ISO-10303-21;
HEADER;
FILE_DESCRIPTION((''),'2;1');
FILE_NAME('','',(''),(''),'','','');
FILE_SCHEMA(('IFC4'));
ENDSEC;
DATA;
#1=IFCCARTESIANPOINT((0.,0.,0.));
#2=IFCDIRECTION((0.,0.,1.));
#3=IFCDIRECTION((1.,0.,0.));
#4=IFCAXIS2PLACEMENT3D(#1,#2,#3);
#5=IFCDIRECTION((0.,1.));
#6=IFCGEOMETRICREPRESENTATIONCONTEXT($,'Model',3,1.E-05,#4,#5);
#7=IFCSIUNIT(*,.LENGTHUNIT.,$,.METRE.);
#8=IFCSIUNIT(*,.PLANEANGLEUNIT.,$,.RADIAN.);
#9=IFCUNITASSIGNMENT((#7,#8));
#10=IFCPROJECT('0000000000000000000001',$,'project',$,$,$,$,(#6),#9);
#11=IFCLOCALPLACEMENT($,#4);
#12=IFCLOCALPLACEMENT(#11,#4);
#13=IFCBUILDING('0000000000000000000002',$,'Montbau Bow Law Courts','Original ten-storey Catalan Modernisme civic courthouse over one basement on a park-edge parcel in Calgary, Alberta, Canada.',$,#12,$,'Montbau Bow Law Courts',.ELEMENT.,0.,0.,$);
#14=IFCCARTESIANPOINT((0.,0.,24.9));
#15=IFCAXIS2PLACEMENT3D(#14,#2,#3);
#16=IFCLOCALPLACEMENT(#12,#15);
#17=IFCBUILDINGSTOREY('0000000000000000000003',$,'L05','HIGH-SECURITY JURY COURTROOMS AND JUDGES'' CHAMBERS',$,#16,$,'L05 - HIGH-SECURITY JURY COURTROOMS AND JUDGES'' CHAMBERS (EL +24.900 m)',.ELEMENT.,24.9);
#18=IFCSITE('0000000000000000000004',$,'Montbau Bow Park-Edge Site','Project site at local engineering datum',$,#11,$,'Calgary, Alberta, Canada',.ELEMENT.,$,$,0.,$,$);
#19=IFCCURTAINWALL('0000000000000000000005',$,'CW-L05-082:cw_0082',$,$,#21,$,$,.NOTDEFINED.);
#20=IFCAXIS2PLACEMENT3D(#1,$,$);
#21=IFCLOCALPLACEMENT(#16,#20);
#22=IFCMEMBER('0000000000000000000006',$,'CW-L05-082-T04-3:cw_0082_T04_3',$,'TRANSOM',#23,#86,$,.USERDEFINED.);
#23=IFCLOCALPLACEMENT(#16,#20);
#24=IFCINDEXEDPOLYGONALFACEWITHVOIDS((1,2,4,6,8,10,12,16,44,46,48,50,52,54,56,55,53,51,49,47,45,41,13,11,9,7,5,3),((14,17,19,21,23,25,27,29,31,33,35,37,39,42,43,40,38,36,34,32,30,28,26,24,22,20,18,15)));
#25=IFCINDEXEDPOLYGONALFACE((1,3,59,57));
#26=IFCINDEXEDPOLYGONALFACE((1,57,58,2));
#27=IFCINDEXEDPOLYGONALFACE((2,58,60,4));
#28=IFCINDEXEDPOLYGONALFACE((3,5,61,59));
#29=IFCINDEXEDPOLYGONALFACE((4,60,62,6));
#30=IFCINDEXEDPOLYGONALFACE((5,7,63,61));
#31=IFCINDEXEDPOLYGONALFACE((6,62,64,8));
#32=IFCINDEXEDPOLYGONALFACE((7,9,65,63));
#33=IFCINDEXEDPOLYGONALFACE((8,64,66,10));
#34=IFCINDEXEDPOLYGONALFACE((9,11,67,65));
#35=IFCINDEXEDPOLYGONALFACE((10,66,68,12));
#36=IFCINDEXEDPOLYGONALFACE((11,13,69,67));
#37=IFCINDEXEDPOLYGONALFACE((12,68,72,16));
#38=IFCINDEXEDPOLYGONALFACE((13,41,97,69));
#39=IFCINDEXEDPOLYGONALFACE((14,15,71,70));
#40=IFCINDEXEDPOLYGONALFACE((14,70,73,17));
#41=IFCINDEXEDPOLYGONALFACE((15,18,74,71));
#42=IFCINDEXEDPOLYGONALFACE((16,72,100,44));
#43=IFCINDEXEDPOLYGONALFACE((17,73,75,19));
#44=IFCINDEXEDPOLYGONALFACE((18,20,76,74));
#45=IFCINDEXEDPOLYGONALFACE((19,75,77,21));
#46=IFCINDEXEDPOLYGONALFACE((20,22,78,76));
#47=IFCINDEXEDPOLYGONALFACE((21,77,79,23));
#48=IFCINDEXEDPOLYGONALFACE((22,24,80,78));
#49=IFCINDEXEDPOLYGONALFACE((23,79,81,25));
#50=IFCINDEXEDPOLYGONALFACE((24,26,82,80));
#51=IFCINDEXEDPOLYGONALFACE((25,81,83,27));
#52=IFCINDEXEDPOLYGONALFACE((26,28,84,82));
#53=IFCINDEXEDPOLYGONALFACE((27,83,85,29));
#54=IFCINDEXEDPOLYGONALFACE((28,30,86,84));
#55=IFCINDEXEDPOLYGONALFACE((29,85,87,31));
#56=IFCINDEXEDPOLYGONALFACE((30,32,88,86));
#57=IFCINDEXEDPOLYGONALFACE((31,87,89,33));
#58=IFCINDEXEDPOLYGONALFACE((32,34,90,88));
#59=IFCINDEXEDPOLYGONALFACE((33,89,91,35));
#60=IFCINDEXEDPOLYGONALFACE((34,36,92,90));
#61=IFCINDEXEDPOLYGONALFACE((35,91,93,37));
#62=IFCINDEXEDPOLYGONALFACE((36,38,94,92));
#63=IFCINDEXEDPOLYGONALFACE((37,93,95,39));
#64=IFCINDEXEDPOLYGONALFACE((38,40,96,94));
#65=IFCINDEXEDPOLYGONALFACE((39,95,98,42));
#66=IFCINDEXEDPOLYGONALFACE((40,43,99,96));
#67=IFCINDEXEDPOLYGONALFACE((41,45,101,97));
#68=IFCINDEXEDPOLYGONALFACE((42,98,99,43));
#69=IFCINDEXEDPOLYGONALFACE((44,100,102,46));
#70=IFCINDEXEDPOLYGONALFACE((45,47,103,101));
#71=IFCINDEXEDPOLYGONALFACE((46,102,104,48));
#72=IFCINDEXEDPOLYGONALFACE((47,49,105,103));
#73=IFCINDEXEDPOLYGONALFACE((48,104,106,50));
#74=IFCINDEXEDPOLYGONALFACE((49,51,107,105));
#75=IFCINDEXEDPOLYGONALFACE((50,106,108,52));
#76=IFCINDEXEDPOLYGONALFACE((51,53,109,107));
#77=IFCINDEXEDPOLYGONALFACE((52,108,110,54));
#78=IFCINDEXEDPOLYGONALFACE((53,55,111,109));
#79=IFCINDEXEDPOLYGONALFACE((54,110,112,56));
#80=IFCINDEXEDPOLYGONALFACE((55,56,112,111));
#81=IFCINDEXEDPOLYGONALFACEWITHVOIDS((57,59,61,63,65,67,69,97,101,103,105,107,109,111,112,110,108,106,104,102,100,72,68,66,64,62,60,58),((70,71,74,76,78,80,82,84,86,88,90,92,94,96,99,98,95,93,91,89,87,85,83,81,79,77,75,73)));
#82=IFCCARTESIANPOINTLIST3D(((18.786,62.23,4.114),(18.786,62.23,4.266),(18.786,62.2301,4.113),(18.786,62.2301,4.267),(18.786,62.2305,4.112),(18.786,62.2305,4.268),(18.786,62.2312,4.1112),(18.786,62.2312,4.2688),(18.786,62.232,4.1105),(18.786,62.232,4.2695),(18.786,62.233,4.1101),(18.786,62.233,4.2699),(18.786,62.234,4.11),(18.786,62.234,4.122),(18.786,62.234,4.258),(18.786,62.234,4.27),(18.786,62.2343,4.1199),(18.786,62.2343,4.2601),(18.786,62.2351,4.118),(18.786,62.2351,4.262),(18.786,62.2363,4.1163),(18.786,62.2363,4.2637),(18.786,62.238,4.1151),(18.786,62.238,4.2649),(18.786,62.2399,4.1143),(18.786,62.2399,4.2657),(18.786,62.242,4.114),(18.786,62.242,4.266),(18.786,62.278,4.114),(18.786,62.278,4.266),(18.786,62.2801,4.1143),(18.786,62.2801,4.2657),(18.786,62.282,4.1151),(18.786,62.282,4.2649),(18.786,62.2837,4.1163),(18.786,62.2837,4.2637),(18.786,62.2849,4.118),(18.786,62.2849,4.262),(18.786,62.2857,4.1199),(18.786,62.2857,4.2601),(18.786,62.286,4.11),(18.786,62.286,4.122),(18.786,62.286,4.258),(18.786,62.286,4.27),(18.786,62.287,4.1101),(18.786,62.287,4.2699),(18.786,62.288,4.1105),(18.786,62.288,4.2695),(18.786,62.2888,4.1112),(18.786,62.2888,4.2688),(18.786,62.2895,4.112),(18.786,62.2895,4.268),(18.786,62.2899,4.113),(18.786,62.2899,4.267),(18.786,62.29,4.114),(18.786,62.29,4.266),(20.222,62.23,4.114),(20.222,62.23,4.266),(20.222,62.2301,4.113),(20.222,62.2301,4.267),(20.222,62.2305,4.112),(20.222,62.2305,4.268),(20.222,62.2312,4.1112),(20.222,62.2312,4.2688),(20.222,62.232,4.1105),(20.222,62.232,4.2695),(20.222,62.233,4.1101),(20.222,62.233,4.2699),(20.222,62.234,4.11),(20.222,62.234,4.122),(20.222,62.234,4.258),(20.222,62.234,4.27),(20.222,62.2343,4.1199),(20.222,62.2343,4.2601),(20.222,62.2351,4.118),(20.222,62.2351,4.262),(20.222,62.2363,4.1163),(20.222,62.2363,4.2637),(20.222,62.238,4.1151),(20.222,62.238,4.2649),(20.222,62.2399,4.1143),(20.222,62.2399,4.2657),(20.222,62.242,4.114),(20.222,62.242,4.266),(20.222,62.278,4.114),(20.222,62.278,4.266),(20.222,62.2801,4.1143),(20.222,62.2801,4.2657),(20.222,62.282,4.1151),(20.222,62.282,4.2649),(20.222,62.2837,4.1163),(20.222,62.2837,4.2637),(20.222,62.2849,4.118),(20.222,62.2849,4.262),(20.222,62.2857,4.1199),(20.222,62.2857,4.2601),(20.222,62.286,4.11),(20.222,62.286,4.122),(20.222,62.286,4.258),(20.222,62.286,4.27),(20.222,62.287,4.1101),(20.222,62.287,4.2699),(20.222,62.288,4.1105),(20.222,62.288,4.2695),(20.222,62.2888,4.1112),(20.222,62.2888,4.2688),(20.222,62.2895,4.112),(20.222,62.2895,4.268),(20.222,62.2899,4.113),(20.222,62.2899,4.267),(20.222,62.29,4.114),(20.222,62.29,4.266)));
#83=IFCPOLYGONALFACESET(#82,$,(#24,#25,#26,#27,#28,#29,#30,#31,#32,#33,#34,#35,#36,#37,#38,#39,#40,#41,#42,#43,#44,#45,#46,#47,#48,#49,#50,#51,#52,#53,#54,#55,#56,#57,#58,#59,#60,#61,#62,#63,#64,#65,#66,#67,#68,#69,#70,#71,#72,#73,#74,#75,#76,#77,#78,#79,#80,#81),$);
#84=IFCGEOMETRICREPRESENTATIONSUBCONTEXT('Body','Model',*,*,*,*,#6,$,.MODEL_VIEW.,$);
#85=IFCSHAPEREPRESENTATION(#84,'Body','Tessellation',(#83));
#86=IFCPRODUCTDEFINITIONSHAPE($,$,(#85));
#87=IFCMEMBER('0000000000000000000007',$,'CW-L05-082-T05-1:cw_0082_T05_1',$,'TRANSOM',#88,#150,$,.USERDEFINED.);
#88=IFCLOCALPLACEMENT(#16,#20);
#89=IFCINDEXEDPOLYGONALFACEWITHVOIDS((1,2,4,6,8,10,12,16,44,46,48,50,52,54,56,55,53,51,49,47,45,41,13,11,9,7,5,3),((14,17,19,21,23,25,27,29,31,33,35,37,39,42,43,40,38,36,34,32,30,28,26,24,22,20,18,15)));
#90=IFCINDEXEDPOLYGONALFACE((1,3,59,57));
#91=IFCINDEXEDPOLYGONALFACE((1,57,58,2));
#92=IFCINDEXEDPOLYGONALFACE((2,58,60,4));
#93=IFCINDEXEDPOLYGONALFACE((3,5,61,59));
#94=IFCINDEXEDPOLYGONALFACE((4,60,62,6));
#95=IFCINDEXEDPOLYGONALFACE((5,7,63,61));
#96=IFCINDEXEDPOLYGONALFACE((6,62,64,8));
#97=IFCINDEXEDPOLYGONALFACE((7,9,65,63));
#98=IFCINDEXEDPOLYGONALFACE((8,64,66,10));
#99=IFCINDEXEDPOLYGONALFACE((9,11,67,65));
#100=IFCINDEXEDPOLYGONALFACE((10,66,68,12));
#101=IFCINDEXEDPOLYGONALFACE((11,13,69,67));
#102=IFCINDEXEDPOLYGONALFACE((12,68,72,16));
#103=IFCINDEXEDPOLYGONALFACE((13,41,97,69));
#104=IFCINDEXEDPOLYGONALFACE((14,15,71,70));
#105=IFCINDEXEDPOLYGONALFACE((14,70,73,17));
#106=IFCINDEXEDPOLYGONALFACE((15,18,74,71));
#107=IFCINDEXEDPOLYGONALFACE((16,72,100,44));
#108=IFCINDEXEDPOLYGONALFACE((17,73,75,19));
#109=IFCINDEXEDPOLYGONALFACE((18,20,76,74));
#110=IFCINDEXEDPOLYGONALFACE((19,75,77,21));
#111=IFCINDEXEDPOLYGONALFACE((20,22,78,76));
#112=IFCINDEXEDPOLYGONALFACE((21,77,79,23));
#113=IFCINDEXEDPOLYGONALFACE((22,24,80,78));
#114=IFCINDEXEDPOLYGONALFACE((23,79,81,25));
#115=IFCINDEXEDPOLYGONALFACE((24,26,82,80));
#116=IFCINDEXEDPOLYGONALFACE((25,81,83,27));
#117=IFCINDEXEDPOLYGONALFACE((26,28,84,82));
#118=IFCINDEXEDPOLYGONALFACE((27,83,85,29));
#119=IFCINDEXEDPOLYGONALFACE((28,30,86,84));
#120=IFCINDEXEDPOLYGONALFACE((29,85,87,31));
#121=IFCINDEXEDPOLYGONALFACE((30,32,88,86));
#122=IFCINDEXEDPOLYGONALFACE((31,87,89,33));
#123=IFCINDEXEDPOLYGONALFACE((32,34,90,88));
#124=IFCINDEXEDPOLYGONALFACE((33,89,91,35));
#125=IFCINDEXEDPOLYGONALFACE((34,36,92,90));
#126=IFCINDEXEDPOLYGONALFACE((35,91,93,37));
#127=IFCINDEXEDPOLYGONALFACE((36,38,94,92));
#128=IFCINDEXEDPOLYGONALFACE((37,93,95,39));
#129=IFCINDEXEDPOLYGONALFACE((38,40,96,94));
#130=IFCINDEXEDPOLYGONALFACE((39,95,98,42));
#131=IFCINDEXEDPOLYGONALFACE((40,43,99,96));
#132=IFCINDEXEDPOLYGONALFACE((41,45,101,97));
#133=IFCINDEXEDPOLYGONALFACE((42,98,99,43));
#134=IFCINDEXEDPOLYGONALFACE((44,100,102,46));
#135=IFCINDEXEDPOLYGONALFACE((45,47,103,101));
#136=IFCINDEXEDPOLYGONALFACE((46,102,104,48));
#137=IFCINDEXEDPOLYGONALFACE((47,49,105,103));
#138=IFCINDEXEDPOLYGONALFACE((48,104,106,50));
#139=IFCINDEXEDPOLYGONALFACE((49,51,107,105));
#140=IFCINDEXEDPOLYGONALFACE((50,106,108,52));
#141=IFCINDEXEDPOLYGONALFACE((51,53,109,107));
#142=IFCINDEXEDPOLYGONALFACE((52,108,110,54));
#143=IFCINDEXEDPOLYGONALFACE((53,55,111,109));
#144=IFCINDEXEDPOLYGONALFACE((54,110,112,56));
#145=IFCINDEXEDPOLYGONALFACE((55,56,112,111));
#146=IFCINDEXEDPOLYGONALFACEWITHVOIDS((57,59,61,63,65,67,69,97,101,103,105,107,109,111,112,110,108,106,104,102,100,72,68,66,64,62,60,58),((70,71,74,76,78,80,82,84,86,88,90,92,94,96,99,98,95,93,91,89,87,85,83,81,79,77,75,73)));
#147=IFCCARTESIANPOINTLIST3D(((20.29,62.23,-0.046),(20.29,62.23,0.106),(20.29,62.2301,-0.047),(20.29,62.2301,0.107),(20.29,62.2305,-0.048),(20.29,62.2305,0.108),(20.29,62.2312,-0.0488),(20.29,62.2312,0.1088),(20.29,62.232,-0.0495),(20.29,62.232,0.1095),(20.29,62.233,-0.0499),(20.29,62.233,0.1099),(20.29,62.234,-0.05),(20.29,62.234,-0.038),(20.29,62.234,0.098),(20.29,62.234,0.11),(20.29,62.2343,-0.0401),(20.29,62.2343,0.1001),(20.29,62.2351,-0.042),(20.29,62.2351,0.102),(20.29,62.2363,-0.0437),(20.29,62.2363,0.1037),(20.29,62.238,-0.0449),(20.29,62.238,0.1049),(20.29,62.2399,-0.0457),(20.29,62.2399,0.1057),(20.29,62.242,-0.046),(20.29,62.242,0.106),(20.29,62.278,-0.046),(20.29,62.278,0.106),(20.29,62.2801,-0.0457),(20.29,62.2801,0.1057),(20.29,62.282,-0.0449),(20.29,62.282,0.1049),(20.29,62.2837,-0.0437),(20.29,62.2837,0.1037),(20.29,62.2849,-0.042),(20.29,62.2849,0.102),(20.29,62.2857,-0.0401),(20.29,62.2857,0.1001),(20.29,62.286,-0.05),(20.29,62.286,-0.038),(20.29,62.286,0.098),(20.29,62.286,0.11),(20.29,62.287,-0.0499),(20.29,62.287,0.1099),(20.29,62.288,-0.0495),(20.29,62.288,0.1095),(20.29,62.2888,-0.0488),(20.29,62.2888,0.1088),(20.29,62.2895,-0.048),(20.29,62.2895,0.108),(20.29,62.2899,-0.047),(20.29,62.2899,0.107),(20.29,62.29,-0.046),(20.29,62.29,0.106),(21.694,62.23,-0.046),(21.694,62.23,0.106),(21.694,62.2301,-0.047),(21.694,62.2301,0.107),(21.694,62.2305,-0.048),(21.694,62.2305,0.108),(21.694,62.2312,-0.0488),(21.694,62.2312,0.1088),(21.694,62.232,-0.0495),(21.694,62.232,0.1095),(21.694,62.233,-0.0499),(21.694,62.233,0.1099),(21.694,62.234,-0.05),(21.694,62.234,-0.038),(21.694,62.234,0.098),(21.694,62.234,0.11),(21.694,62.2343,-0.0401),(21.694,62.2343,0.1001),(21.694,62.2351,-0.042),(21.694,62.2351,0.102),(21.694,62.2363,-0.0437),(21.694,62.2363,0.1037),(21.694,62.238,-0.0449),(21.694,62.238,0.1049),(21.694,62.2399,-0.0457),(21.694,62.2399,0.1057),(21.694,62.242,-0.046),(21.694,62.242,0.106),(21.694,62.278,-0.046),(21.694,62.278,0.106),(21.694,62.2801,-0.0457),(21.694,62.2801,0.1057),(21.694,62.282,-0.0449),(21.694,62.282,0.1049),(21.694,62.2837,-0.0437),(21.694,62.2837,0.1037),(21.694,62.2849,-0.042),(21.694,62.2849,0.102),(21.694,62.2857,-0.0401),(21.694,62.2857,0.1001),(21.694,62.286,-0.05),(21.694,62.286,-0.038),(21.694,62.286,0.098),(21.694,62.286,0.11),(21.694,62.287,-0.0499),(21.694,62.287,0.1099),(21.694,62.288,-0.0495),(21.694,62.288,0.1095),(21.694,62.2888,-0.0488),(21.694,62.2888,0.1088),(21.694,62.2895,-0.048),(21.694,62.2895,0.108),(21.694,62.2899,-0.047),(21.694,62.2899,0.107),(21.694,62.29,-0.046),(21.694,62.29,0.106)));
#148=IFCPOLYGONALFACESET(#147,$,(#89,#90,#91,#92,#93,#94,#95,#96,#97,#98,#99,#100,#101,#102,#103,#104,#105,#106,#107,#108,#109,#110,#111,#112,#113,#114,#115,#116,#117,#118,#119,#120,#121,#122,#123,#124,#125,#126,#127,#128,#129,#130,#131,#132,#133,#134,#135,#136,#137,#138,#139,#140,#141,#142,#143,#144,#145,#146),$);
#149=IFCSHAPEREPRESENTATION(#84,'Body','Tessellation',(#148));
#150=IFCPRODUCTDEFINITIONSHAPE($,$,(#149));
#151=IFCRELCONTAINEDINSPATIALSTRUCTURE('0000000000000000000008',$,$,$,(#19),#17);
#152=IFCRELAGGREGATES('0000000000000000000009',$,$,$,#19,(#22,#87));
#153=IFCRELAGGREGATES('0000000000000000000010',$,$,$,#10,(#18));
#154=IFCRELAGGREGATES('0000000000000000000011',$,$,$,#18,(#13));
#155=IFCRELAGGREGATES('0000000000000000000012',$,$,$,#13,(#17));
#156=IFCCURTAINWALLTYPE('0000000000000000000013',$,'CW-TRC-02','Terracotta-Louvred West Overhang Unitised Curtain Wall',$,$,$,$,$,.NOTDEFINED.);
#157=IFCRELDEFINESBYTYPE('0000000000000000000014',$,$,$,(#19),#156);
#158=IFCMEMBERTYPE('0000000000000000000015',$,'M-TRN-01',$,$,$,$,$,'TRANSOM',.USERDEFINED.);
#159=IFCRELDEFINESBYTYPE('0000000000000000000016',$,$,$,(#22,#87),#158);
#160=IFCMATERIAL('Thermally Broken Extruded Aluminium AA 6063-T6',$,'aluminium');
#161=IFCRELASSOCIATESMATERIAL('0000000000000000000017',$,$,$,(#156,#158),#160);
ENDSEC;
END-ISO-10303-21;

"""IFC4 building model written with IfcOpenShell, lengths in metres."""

from ifc_helpers import new_model, si_unit, direction, frame, origin_with_axes, origin_2d_with_axis, place, context, subcontext, project, spatial, hollow_rectangle, extrude, material, material_profile, profile_set, type_object, element, aggregate, save


model = new_model("IFC4")

# Units and contexts
model_context = context("Model", 3, precision=1e-05, world=origin_with_axes(), true_north=direction((0.0, 1.0)))
body_context = subcontext(model_context, "Body", "Model", "MODEL_VIEW")
ifc_project = project(units=[si_unit("LENGTHUNIT", "METRE"), si_unit("PLANEANGLEUNIT", "RADIAN")], contexts=[model_context])

# Site, building, storey
site_placement = place(None, origin_with_axes())
site = spatial("IfcSite", under=ifc_project, at=site_placement, Name="Montbau Bow Park-Edge Site", Description="Project site at local engineering datum", LongName="Calgary, Alberta, Canada", CompositionType="ELEMENT", RefElevation=0.0)
building_placement = place(site_placement, origin_with_axes())
building = spatial("IfcBuilding", under=site, at=building_placement, Name="Montbau Bow Law Courts", Description="Original ten-storey Catalan Modernisme civic courthouse over one basement on a park-edge parcel in Calgary, Alberta, Canada.", LongName="Montbau Bow Law Courts", CompositionType="ELEMENT", ElevationOfRefHeight=0.0, ElevationOfTerrain=0.0)
storey_placement = place(building_placement, frame((0.0, 0.0, 24.9), z_axis=(0.0, 0.0, 1.0), x_axis=(1.0, 0.0, 0.0)))
storey = spatial("IfcBuildingStorey", under=building, at=storey_placement, Name="L05", Description="HIGH-SECURITY JURY COURTROOMS AND JUDGES' CHAMBERS", LongName="L05 - HIGH-SECURITY JURY COURTROOMS AND JUDGES' CHAMBERS (EL +24.900 m)", CompositionType="ELEMENT", Elevation=24.9)

# Curtain wall, members
ifc_material_1 = material(Name="Thermally Broken Extruded Aluminium AA 6063-T6", Category="aluminium")
curtain_wall_type = type_object("IfcCurtainWallType", Name="CW-TRC-02", Description="Terracotta-Louvred West Overhang Unitised Curtain Wall", PredefinedType="NOTDEFINED", material=ifc_material_1)
curtain_wall_placement = place(None, frame((14.24, 62.26, 24.9), z_axis=(0.0, 0.0, 1.0), x_axis=(1.0, 0.0, 0.0)))
curtain_wall = element("IfcCurtainWall", 1, at=curtain_wall_placement, inside=storey, type_object=curtain_wall_type, Name="CW-L05-082:cw_0082", PredefinedType="NOTDEFINED")
ifc_material_profile_1 = material_profile(ifc_material_1, hollow_rectangle(XDim=0.06, YDim=0.16, WallThickness=0.004, InnerFilletRadius=0.008, OuterFilletRadius=0.004, at=origin_2d_with_axis()), Name="CWT-160X60", Category="Main", Priority=0)
ifc_profile_set_1 = profile_set([ifc_material_profile_1], Name="Thermally Broken Extruded Aluminium AA 6063-T6")
member_type_1 = type_object("IfcMemberType", Name="M-TRN-01", ElementType="TRANSOM", PredefinedType="USERDEFINED", material=ifc_profile_set_1)
member_1_placement = place(None, frame((18.786, 62.26, 29.09), z_axis=(1.0, 0.0, 0.0), x_axis=(0.0, 1.0, 0.0)))
member_1 = element("IfcMember", 2, at=member_1_placement, type_object=member_type_1, Name="CW-L05-082-T04-3:cw_0082_T04_3", ObjectType="TRANSOM", PredefinedType="USERDEFINED", context=body_context, shape_type="SweptSolid", body=[
    extrude(hollow_rectangle(XDim=0.06, YDim=0.16, WallThickness=0.004, InnerFilletRadius=0.008, OuterFilletRadius=0.004, at=origin_2d_with_axis()), origin_with_axes(), (0.0, 0.0, 1.0), 1.436),
])
member_2_placement = place(None, frame((20.29, 62.26, 24.93), z_axis=(1.0, 0.0, 0.0), x_axis=(0.0, 1.0, 0.0)))
member_2 = element("IfcMember", 3, at=member_2_placement, type_object=member_type_1, Name="CW-L05-082-T05-1:cw_0082_T05_1", ObjectType="TRANSOM", PredefinedType="USERDEFINED", context=body_context, shape_type="SweptSolid", body=[
    extrude(hollow_rectangle(XDim=0.06, YDim=0.16, WallThickness=0.004, InnerFilletRadius=0.008, OuterFilletRadius=0.004, at=origin_2d_with_axis()), origin_with_axes(), (0.0, 0.0, 1.0), 1.404),
])
aggregate(curtain_wall, [member_1, member_2])

save(model, "model.ifc")
